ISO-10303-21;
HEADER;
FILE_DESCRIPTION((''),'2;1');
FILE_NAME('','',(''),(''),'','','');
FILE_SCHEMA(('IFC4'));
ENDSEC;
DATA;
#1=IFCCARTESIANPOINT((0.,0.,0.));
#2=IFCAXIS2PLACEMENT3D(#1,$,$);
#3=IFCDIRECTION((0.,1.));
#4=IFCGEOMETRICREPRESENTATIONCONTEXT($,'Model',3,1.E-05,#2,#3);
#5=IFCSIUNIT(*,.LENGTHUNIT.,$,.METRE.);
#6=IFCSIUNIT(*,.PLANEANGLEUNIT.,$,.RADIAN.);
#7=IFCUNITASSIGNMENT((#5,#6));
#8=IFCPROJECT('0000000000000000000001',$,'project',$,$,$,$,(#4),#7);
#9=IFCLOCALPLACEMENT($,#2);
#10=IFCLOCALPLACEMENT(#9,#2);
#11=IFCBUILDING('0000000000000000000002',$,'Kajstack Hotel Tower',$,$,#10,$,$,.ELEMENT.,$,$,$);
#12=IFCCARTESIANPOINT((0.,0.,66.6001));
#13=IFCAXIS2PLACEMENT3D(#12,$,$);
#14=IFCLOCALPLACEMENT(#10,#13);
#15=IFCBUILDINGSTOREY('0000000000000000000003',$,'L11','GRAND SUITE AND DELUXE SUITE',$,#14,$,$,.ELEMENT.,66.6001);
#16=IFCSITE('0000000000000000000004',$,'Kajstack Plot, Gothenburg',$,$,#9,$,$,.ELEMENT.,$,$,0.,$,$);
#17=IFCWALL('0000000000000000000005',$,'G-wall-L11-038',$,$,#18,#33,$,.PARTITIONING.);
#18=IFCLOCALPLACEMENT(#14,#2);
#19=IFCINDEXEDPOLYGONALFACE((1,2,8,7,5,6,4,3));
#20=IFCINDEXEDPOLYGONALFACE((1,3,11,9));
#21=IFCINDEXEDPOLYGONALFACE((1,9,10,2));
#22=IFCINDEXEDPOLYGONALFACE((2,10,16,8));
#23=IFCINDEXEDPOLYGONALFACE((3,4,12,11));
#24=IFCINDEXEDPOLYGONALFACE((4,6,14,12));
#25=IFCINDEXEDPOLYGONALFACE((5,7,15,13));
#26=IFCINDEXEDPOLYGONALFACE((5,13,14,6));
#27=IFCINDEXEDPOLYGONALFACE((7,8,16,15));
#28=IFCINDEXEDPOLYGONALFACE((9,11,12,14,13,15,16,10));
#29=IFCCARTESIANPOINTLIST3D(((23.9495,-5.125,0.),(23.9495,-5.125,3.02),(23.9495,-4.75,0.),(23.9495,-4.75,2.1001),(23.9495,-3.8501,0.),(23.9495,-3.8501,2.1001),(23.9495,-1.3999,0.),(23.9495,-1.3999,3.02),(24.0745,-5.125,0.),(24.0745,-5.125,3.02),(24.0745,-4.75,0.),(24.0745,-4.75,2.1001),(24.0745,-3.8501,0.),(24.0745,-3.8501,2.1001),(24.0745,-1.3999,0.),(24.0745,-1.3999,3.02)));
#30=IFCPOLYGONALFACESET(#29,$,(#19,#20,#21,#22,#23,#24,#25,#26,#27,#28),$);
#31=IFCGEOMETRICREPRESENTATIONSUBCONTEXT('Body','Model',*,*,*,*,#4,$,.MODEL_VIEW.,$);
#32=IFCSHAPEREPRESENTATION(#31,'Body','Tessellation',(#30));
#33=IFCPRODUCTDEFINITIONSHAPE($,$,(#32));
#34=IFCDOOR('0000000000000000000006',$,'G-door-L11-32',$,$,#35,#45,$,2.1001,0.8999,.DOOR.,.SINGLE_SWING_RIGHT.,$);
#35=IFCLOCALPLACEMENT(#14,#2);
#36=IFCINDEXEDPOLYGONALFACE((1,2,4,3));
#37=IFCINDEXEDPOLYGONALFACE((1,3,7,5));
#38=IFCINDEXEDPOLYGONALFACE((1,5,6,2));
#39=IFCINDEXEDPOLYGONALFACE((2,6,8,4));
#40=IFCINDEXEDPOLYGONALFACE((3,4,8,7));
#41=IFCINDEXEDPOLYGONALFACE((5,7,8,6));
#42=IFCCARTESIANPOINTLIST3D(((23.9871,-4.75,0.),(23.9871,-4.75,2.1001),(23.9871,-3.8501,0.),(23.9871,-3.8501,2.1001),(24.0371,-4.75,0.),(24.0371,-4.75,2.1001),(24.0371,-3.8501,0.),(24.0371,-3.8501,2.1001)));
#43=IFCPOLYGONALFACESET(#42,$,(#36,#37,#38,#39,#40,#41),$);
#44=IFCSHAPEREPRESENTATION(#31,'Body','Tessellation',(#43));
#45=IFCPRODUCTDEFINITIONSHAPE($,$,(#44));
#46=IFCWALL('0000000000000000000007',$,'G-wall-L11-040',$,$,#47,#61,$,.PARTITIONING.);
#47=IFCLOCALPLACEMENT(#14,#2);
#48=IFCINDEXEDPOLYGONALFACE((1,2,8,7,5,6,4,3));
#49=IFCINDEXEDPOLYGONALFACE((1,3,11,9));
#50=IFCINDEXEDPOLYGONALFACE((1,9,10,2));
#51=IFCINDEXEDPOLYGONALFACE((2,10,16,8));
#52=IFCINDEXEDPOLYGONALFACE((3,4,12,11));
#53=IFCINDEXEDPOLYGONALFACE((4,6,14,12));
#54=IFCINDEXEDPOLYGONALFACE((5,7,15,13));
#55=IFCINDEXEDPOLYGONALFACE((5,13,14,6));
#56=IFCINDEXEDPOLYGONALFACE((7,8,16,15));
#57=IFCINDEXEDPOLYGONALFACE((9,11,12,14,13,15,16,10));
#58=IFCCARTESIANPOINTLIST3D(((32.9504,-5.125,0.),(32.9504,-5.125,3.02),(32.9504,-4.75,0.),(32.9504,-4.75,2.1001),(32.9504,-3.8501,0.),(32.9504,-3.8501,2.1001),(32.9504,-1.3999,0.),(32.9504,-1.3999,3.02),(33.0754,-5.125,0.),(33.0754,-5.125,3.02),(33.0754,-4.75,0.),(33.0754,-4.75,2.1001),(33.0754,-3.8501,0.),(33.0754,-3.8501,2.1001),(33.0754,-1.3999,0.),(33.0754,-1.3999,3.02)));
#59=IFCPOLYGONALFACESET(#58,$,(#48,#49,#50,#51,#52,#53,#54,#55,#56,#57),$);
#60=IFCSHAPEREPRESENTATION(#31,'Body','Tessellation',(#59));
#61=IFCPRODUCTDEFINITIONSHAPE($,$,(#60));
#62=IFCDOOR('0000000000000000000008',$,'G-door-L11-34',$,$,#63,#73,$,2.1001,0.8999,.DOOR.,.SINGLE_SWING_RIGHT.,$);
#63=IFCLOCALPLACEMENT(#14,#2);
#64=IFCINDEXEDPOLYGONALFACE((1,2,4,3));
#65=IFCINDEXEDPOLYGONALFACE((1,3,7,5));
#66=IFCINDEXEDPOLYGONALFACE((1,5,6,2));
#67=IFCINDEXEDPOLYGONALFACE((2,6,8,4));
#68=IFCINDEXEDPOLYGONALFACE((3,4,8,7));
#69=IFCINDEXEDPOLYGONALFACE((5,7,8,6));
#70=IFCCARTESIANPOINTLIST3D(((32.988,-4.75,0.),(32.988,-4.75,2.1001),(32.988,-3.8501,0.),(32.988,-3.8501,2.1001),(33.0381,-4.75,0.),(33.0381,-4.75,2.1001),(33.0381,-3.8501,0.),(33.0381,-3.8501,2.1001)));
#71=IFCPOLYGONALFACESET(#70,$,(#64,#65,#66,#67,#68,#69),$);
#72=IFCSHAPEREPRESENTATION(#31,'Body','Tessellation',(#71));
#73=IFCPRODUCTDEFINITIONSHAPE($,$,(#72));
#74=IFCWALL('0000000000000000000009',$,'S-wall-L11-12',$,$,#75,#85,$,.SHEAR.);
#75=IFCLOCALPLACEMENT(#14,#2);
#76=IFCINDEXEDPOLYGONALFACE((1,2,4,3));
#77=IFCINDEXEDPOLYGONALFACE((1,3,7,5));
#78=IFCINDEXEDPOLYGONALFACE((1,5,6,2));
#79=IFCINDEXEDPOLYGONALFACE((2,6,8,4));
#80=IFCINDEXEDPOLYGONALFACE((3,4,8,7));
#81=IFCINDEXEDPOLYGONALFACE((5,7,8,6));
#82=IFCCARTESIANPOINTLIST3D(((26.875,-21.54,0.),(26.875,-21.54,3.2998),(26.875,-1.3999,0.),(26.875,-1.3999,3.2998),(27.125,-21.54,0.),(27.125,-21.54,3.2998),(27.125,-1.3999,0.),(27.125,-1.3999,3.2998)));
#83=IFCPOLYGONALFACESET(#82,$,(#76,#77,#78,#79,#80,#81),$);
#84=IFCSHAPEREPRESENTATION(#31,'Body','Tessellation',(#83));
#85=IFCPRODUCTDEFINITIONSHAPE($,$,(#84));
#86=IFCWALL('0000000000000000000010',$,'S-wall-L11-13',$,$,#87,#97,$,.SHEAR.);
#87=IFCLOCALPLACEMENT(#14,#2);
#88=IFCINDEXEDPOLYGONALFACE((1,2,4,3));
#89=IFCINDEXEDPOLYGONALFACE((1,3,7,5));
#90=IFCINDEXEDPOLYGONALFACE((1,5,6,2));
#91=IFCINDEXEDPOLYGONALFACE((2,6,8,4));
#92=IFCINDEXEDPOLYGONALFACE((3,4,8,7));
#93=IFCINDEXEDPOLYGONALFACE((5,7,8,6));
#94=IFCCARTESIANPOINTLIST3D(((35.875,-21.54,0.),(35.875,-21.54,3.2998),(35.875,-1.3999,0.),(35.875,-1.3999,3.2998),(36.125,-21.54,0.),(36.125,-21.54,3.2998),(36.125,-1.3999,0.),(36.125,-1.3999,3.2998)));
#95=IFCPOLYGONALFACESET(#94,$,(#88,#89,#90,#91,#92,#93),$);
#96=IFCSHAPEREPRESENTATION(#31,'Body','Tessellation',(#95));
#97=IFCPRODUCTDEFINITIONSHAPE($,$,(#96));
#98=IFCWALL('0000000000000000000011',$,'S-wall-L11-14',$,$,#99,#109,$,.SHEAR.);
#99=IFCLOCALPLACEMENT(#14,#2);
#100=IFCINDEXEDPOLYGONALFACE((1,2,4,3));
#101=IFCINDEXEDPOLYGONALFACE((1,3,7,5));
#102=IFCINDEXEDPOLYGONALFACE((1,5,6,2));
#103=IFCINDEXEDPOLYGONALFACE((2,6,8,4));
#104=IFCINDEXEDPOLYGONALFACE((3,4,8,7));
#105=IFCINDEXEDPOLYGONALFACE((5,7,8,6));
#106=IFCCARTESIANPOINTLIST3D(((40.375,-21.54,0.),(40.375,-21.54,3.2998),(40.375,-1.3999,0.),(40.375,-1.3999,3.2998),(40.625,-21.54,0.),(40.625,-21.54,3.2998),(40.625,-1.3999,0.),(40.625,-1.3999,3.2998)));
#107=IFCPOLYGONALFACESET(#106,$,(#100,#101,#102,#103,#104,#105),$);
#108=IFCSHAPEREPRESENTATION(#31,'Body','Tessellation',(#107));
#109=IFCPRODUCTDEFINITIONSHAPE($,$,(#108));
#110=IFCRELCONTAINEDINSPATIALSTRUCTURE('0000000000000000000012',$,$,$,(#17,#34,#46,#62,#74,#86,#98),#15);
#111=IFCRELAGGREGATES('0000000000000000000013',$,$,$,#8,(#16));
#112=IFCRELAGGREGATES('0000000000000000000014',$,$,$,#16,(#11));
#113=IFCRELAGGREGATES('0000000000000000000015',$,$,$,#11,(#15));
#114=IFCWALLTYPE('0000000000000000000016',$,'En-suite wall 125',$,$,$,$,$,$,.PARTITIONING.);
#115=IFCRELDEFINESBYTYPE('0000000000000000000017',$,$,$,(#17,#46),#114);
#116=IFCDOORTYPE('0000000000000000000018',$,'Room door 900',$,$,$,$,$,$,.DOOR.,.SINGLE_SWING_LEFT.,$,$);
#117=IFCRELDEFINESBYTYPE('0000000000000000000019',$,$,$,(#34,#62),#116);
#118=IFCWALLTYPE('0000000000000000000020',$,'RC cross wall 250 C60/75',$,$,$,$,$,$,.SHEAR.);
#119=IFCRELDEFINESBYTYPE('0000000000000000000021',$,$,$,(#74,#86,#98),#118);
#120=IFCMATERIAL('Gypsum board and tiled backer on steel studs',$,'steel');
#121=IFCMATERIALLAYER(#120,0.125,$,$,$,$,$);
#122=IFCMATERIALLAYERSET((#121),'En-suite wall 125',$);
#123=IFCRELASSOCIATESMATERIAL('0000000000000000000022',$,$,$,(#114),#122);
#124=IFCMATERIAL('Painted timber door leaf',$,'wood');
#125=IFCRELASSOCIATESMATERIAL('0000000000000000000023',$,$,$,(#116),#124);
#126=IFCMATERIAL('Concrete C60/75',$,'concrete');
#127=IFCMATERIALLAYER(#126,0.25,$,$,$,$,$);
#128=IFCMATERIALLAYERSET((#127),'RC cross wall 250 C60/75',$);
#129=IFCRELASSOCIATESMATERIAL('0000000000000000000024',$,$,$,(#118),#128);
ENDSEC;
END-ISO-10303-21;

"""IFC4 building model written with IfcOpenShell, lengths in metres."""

from ifc_helpers import new_model, si_unit, direction, frame, frame_2d, origin, place, context, subcontext, project, spatial, rectangle, extrude, material, layer, layer_set, type_object, element, fill, save


model = new_model("IFC4")

# Units and contexts
model_context = context("Model", 3, precision=1e-05, world=origin(), true_north=direction((0.0, 1.0)))
body_context = subcontext(model_context, "Body", "Model", "MODEL_VIEW")
ifc_project = project(units=[si_unit("LENGTHUNIT", "METRE"), si_unit("PLANEANGLEUNIT", "RADIAN")], contexts=[model_context])

# Site, building, storey
site_placement = place(None, origin())
site = spatial("IfcSite", under=ifc_project, at=site_placement, Name="Kajstack Plot, Gothenburg", CompositionType="ELEMENT", RefElevation=0.0)
building_placement = place(site_placement, origin())
building = spatial("IfcBuilding", under=site, at=building_placement, Name="Kajstack Hotel Tower", CompositionType="ELEMENT")
storey_placement = place(building_placement, frame((0.0, 0.0, 66.6001)))
storey = spatial("IfcBuildingStorey", under=building, at=storey_placement, Name="L11", Description="GRAND SUITE AND DELUXE SUITE", CompositionType="ELEMENT", Elevation=66.6001)

# Walls, openings, doors
ifc_material_1 = material(Name="Gypsum board and tiled backer on steel studs", Category="steel")
ifc_layer_1 = layer(ifc_material_1, 0.125)
ifc_layer_set_1 = layer_set([ifc_layer_1], Name="En-suite wall 125")
wall_type_1 = type_object("IfcWallType", Name="En-suite wall 125", PredefinedType="PARTITIONING", material=ifc_layer_set_1)
wall_1_placement = place(storey_placement, frame((24.012, -5.125, 0.0), z_axis=(0.0, 0.0, 1.0), x_axis=(0.0, 1.0, 0.0)))
wall_1 = element("IfcWall", 1, at=wall_1_placement, inside=storey, type_object=wall_type_1, Name="G-wall-L11-038", PredefinedType="PARTITIONING", context=body_context, shape_type="SweptSolid", body=[
    extrude(rectangle(XDim=3.7251, YDim=0.125, at=frame_2d((1.8625, 0.0))), origin(), (0.0, 0.0, 1.0), 3.02),
])
opening_1_placement = place(wall_1_placement, frame((0.375, 0.0, 0.0)))
opening_1 = element("IfcOpeningElement", 2, at=opening_1_placement, cuts=wall_1, PredefinedType="OPENING", context=body_context, shape_type="SweptSolid", body=[
    extrude(rectangle(XDim=0.8999, YDim=2.1001, at=frame_2d((0.45, 1.05))), frame((0.0, 0.0725, 0.0), z_axis=(0.0, -1.0, 0.0), x_axis=(1.0, 0.0, 0.0)), (0.0, 0.0, 1.0), 0.145),
])
ifc_material_2 = material(Name="Painted timber door leaf", Category="wood")
door_type = type_object("IfcDoorType", Name="Room door 900", OperationType="SINGLE_SWING_LEFT", PredefinedType="DOOR", material=ifc_material_2)
door_1_placement = place(opening_1_placement, origin())
door_1 = element("IfcDoor", 3, at=door_1_placement, inside=storey, type_object=door_type, Name="G-door-L11-32", OperationType="SINGLE_SWING_RIGHT", OverallHeight=2.1001, OverallWidth=0.8999, PredefinedType="DOOR", context=body_context, shape_type="SweptSolid", body=[
    extrude(rectangle(XDim=0.8999, YDim=2.1001, at=frame_2d((0.45, 1.05))), frame((0.0, 0.0249, 0.0), z_axis=(0.0, -1.0, 0.0), x_axis=(1.0, 0.0, 0.0)), (0.0, 0.0, 1.0), 0.05),
])
fill(opening_1, door_1)
wall_2_placement = place(storey_placement, frame((33.0129, -5.125, 0.0), z_axis=(0.0, 0.0, 1.0), x_axis=(0.0, 1.0, 0.0)))
wall_2 = element("IfcWall", 4, at=wall_2_placement, inside=storey, type_object=wall_type_1, Name="G-wall-L11-040", PredefinedType="PARTITIONING", context=body_context, shape_type="SweptSolid", body=[
    extrude(rectangle(XDim=3.7251, YDim=0.125, at=frame_2d((1.8625, 0.0))), origin(), (0.0, 0.0, 1.0), 3.02),
])
opening_2_placement = place(wall_2_placement, frame((0.375, 0.0, 0.0)))
opening_2 = element("IfcOpeningElement", 5, at=opening_2_placement, cuts=wall_2, PredefinedType="OPENING", context=body_context, shape_type="SweptSolid", body=[
    extrude(rectangle(XDim=0.8999, YDim=2.1001, at=frame_2d((0.45, 1.05))), frame((0.0, 0.0725, 0.0), z_axis=(0.0, -1.0, 0.0), x_axis=(1.0, 0.0, 0.0)), (0.0, 0.0, 1.0), 0.145),
])
door_2_placement = place(opening_2_placement, origin())
door_2 = element("IfcDoor", 6, at=door_2_placement, inside=storey, type_object=door_type, Name="G-door-L11-34", OperationType="SINGLE_SWING_RIGHT", OverallHeight=2.1001, OverallWidth=0.8999, PredefinedType="DOOR", context=body_context, shape_type="SweptSolid", body=[
    extrude(rectangle(XDim=0.8999, YDim=2.1001, at=frame_2d((0.45, 1.05))), frame((0.0, 0.0249, 0.0), z_axis=(0.0, -1.0, 0.0), x_axis=(1.0, 0.0, 0.0)), (0.0, 0.0, 1.0), 0.05),
])
fill(opening_2, door_2)

# Walls
ifc_material_3 = material(Name="Concrete C60/75", Category="concrete")
ifc_layer_2 = layer(ifc_material_3, 0.25)
ifc_layer_set_2 = layer_set([ifc_layer_2], Name="RC cross wall 250 C60/75")
wall_type_2 = type_object("IfcWallType", Name="RC cross wall 250 C60/75", PredefinedType="SHEAR", material=ifc_layer_set_2)
for number, where, z_axis, x_axis, name in (
    (7, (27.0, -21.54, 0.0), (0.0, 0.0, 1.0), (0.0, 1.0, 0.0), "S-wall-L11-12"),
    (8, (36.0, -21.54, 0.0), (0.0, 0.0, 1.0), (0.0, 1.0, 0.0), "S-wall-L11-13"),
    (9, (40.5, -21.54, 0.0), (0.0, 0.0, 1.0), (0.0, 1.0, 0.0), "S-wall-L11-14"),
):
    element("IfcWall", number, at=place(storey_placement, frame(where, z_axis=z_axis, x_axis=x_axis)), inside=storey, type_object=wall_type_2, Name=name, PredefinedType="SHEAR", context=body_context, shape_type="SweptSolid", body=[
        extrude(rectangle(XDim=20.1401, YDim=0.25, at=frame_2d((10.0701, 0.0))), origin(), (0.0, 0.0, 1.0), 3.2998),
    ])

save(model, "model.ifc")
